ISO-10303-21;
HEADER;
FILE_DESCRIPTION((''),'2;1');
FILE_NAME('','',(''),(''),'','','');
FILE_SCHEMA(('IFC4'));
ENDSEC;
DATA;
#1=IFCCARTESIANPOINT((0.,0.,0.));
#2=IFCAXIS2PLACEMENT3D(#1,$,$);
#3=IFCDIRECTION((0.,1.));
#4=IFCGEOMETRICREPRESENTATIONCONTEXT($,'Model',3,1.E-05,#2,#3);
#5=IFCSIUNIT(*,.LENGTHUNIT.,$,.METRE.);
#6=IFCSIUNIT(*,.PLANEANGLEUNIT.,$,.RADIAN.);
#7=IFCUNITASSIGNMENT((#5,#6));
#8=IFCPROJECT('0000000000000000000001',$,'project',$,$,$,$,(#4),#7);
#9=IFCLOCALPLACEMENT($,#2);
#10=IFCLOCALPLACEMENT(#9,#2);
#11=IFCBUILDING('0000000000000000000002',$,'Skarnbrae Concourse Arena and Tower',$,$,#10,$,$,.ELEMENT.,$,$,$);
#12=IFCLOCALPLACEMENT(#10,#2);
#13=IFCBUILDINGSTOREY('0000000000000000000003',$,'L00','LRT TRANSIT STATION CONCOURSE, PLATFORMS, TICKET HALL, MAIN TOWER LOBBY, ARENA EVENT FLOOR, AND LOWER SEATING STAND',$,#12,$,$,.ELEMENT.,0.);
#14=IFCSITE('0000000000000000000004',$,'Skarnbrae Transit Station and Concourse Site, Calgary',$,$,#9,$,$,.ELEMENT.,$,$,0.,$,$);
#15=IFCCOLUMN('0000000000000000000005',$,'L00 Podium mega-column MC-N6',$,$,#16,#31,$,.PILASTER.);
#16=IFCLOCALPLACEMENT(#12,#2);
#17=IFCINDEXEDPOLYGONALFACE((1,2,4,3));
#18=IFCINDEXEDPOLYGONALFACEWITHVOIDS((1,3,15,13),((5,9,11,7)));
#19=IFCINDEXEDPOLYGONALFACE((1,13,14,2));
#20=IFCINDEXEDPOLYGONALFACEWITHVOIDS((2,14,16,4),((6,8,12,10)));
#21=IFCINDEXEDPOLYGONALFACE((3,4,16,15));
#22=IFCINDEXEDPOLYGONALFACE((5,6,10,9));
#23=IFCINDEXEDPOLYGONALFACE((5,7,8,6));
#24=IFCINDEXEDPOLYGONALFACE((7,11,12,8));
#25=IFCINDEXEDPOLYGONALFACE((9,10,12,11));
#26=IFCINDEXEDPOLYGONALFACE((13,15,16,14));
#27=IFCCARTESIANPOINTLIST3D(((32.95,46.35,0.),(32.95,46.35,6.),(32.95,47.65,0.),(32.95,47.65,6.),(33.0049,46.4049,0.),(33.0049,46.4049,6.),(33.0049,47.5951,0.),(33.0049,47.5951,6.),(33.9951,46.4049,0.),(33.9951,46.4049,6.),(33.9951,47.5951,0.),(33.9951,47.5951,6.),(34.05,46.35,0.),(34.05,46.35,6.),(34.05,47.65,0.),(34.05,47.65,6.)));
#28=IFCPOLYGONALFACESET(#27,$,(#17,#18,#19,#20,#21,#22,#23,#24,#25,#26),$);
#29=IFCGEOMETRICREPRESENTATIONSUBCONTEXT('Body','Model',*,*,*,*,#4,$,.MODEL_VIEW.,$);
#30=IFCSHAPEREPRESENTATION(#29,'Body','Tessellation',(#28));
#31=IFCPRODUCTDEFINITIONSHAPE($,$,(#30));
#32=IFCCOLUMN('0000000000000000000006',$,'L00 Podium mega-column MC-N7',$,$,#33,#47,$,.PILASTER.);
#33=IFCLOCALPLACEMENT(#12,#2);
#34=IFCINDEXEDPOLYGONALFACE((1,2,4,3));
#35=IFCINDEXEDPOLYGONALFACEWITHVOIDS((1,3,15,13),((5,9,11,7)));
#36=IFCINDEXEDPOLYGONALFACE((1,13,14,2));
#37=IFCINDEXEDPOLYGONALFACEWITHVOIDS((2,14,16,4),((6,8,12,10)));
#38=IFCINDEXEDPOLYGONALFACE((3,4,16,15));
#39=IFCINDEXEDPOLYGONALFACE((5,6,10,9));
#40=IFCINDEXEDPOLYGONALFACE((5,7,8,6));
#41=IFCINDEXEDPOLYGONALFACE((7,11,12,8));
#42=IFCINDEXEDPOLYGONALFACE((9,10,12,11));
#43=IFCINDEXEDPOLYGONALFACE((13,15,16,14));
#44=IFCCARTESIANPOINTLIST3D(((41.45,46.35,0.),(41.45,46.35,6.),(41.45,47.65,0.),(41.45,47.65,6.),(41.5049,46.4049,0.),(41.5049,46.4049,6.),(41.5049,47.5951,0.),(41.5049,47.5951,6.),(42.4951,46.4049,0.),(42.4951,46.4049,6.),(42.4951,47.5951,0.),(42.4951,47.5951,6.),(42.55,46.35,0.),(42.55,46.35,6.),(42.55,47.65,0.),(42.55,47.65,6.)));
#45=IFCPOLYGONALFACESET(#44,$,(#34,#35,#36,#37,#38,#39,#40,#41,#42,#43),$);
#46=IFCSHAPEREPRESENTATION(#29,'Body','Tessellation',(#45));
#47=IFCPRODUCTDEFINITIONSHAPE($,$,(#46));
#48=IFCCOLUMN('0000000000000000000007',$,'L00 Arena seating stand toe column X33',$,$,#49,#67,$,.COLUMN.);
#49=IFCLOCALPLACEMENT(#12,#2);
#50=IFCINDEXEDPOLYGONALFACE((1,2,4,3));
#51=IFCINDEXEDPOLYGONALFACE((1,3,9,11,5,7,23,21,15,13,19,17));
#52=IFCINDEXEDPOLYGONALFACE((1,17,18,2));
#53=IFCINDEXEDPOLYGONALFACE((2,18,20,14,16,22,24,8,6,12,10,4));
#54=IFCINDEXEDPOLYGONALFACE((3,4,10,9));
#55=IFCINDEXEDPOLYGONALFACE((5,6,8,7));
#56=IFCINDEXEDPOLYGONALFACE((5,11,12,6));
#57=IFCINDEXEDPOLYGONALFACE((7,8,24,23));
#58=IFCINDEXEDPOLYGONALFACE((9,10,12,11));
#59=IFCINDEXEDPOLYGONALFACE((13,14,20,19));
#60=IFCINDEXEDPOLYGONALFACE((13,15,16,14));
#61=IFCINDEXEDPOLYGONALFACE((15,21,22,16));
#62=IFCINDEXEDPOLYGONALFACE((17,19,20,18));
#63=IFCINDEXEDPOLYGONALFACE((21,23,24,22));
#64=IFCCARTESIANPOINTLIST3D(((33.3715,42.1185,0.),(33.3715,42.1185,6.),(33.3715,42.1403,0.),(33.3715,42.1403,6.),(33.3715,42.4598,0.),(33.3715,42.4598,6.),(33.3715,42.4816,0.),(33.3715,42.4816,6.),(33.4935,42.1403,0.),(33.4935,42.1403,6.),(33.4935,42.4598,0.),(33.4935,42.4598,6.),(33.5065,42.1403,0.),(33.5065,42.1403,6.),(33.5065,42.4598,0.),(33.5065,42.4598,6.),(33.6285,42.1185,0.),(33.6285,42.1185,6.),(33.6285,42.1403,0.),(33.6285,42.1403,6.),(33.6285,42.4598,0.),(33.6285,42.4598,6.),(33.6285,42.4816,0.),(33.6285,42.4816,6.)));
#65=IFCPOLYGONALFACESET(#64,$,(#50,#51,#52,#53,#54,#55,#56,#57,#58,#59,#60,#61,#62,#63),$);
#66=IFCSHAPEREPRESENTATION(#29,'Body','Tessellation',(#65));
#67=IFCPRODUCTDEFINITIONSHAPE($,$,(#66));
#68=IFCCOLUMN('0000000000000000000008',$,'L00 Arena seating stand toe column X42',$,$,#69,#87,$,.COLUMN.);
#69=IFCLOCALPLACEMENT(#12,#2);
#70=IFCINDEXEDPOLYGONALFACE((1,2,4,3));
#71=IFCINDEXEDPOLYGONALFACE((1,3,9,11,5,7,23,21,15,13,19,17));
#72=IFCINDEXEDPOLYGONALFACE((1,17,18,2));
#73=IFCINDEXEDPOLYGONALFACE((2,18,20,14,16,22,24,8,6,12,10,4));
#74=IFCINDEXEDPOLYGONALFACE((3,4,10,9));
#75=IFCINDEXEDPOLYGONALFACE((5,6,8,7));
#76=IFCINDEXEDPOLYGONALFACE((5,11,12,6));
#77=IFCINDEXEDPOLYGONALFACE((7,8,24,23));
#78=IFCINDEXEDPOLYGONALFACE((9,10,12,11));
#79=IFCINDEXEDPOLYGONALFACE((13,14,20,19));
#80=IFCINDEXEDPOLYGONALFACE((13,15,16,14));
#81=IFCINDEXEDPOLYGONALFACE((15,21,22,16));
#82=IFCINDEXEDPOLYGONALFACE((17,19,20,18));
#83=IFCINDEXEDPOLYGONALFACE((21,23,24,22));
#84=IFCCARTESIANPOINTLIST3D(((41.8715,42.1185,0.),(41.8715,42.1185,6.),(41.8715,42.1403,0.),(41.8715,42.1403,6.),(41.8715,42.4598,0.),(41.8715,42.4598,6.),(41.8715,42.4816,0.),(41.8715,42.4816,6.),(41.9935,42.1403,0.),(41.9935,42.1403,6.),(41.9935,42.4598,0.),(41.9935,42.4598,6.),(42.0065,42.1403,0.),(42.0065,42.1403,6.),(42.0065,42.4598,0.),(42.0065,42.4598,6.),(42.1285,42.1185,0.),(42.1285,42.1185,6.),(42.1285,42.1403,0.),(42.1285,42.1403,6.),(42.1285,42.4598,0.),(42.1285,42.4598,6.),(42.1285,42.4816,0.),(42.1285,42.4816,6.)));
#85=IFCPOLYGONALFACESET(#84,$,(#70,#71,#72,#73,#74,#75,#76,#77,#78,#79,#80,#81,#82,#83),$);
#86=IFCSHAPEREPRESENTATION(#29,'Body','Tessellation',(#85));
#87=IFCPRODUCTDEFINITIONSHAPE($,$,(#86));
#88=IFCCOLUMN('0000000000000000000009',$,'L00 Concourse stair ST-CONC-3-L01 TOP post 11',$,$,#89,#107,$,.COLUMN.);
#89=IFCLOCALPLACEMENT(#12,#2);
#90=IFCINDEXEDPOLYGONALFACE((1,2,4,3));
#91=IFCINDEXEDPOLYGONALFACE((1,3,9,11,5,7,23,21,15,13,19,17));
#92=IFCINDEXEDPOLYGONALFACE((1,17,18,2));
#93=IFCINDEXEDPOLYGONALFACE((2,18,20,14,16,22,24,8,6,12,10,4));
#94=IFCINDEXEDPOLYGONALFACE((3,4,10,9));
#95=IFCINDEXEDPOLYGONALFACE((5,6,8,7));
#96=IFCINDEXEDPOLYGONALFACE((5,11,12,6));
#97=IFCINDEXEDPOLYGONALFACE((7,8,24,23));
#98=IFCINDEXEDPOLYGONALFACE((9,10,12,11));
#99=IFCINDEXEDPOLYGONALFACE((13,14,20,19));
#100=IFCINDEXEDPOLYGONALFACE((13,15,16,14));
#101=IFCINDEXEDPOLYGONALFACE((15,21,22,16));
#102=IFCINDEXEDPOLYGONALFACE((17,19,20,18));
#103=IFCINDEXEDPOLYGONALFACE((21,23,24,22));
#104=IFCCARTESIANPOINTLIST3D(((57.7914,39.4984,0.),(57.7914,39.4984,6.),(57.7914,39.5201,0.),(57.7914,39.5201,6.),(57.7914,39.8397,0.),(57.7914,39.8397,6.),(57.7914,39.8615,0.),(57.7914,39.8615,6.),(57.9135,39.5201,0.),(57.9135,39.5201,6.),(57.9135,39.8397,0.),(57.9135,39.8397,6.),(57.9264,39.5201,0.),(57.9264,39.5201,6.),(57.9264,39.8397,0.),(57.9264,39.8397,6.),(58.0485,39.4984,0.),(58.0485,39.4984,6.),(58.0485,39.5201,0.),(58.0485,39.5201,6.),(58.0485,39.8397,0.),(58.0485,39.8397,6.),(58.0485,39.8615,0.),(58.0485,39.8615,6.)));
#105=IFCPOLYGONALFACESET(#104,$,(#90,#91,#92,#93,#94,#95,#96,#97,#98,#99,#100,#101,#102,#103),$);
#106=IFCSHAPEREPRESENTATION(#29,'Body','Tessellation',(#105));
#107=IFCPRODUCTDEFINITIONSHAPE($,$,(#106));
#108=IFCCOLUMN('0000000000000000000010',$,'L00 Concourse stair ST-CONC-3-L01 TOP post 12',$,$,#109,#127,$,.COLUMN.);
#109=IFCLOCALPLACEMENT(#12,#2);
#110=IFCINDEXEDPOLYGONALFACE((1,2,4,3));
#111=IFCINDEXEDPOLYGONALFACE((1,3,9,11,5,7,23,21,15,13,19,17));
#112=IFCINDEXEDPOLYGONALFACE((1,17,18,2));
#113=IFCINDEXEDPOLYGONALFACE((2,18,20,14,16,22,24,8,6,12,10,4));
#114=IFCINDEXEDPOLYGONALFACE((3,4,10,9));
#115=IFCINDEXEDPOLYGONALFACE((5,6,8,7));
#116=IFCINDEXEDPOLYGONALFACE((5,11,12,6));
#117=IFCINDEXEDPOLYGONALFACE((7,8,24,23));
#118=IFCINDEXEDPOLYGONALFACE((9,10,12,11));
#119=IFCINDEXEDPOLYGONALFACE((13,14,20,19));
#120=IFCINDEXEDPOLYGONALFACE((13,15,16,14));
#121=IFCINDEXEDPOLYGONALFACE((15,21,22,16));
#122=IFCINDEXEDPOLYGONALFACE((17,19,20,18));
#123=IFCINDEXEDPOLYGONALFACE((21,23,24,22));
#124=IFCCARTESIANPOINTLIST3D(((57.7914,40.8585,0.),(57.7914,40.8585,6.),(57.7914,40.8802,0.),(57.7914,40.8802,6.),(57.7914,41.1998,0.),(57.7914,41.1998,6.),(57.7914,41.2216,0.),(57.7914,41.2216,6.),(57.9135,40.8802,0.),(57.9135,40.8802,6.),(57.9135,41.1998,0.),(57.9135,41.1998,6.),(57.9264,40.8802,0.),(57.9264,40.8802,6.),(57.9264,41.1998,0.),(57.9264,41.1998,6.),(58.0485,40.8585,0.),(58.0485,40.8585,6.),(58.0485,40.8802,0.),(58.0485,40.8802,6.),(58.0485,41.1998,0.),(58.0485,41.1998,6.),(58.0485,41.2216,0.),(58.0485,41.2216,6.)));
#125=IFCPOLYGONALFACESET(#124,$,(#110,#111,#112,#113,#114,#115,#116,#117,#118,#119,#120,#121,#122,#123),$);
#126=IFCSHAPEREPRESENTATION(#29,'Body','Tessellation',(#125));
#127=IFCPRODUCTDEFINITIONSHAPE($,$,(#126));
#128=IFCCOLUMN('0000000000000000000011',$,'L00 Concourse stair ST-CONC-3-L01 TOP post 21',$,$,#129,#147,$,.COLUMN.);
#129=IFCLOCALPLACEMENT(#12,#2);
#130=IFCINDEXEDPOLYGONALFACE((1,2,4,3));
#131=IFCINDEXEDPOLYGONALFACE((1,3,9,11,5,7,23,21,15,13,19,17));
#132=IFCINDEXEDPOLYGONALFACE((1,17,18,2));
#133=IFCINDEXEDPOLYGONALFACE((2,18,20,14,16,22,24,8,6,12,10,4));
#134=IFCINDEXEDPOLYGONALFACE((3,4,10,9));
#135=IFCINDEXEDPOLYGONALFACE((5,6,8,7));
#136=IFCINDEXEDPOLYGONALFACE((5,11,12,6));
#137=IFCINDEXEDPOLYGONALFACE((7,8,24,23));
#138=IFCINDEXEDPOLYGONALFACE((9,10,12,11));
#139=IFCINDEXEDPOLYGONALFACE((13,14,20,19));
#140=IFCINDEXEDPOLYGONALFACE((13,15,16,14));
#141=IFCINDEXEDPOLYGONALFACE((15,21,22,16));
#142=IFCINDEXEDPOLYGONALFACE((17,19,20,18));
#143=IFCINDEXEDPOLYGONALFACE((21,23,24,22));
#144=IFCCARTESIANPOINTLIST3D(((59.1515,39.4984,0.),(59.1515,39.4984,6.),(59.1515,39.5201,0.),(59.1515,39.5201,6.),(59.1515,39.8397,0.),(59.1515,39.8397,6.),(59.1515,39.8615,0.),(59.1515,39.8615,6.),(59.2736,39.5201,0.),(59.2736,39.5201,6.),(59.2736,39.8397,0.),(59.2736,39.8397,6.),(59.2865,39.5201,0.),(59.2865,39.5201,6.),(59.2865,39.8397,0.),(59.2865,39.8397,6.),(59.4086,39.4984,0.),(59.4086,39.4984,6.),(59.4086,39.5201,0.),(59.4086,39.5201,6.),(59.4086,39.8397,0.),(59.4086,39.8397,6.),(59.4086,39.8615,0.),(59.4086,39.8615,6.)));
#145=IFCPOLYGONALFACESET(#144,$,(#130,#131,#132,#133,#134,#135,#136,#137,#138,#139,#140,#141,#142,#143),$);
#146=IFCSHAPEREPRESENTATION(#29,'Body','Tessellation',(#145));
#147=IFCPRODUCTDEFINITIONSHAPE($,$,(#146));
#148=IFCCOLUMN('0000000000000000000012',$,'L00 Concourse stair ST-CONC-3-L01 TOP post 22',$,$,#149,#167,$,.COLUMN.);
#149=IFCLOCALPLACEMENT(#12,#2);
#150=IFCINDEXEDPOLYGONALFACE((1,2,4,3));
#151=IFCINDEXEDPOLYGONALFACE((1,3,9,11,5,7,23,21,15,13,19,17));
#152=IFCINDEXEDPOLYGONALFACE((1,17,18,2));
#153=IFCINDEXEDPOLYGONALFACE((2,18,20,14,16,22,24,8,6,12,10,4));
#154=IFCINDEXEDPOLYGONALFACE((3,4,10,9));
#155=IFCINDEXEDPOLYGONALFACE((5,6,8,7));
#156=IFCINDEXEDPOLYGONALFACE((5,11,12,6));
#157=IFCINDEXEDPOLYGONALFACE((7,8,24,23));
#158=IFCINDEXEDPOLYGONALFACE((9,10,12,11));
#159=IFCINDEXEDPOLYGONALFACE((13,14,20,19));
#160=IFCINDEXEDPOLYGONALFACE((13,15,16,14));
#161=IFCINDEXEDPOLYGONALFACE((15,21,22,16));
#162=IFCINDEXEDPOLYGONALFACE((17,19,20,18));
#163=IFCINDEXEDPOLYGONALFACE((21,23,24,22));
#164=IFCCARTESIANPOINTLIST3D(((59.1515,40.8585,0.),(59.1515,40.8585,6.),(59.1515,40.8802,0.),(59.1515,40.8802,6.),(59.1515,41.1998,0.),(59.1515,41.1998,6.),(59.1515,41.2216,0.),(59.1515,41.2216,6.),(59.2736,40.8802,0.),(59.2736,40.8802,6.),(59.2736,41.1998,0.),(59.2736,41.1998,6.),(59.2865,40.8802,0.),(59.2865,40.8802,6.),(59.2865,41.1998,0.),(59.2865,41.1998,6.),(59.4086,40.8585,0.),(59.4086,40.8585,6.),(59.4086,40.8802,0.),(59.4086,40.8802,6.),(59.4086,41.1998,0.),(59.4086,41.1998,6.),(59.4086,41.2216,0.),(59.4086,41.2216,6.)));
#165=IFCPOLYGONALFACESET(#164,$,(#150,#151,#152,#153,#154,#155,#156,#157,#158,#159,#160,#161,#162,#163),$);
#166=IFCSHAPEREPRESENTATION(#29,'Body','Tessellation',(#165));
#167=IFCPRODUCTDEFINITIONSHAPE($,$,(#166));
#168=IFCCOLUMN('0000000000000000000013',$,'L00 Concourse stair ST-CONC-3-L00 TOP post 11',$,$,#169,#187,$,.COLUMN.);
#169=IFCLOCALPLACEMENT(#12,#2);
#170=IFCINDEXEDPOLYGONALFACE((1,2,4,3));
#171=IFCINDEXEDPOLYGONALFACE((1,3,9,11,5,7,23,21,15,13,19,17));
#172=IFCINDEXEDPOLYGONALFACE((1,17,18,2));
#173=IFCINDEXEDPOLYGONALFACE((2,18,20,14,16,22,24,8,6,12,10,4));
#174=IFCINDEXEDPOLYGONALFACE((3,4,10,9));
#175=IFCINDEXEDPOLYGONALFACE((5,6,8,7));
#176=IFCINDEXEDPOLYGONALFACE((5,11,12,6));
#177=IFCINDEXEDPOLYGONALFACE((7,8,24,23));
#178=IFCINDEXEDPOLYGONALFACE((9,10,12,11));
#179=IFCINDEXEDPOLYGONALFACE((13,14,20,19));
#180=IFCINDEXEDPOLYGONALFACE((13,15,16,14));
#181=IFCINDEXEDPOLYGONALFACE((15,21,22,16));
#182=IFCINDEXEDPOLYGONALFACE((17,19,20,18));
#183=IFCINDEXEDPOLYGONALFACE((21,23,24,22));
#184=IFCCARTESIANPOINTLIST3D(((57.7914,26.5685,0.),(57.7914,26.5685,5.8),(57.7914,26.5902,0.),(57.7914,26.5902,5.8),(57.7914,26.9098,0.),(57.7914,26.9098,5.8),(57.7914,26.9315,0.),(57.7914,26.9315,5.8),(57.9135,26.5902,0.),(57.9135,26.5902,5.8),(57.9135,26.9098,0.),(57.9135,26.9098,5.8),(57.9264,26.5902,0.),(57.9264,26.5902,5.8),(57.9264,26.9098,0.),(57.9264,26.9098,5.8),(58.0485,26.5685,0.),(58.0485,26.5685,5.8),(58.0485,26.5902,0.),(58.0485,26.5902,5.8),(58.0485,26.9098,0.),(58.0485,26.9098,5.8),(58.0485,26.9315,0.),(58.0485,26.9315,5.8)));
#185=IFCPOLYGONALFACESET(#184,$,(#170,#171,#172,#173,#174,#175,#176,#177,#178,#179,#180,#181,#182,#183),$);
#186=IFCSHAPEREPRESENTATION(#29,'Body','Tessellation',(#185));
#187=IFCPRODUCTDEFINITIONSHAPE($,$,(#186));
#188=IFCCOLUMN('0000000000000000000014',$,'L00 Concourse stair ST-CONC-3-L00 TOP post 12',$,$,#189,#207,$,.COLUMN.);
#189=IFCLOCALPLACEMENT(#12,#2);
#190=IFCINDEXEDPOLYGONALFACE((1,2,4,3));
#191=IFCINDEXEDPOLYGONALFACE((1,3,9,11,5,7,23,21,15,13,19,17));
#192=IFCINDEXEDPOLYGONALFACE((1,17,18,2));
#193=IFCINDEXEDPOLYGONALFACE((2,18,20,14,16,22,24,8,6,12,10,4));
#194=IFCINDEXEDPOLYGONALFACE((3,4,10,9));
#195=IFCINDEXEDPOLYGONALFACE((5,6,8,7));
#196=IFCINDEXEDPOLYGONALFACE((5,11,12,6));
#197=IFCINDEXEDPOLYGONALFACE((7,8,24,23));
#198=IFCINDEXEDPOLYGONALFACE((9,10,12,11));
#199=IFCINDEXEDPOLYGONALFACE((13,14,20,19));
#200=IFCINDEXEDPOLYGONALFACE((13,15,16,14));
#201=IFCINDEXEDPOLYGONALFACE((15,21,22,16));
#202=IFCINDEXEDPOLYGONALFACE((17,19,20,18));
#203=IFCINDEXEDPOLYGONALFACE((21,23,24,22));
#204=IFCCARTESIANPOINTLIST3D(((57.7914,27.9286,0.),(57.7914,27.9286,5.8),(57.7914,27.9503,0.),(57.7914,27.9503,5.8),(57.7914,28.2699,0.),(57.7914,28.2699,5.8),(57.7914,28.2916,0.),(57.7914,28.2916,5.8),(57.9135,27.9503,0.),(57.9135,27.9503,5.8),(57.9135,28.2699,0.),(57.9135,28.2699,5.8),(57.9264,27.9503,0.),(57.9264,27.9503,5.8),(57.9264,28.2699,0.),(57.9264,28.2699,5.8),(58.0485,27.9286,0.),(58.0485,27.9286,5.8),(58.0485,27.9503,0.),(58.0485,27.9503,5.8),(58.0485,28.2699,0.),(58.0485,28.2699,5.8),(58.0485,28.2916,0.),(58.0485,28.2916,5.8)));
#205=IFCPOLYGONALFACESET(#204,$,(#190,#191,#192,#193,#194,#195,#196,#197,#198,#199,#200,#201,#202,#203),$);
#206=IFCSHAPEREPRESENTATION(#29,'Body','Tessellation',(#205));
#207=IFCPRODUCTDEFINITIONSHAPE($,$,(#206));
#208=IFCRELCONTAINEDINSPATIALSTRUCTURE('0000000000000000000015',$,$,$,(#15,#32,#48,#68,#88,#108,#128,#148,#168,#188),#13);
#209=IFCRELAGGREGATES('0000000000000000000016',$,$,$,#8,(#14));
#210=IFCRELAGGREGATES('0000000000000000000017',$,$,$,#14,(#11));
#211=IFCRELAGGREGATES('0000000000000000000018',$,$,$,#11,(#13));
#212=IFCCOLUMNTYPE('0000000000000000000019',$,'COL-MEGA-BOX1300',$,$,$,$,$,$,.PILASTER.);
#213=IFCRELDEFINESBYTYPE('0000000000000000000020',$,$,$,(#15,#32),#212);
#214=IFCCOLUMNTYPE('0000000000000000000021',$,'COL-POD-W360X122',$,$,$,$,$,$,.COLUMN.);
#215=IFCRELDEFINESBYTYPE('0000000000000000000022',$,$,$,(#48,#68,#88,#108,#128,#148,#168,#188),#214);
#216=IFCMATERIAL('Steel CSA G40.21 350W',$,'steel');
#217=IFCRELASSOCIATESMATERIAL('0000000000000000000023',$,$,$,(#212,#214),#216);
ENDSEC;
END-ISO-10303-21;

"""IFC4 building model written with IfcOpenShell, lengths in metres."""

from ifc_helpers import new_model, si_unit, direction, frame, origin, origin_2d, place, context, subcontext, project, spatial, hollow_rectangle, i_section, extrude, source, transform, mapped, material, material_profile, profile_set, type_object, element, save


model = new_model("IFC4")

# Units and contexts
model_context = context("Model", 3, precision=1e-05, world=origin(), true_north=direction((0.0, 1.0)))
body_context = subcontext(model_context, "Body", "Model", "MODEL_VIEW")
ifc_project = project(units=[si_unit("LENGTHUNIT", "METRE"), si_unit("PLANEANGLEUNIT", "RADIAN")], contexts=[model_context])

# Site, building, storey
site_placement = place(None, origin())
site = spatial("IfcSite", under=ifc_project, at=site_placement, Name="Skarnbrae Transit Station and Concourse Site, Calgary", CompositionType="ELEMENT", RefElevation=0.0)
building_placement = place(site_placement, origin())
building = spatial("IfcBuilding", under=site, at=building_placement, Name="Skarnbrae Concourse Arena and Tower", CompositionType="ELEMENT")
storey_placement = place(building_placement, origin())
storey = spatial("IfcBuildingStorey", under=building, at=storey_placement, Name="L00", Description="LRT TRANSIT STATION CONCOURSE, PLATFORMS, TICKET HALL, MAIN TOWER LOBBY, ARENA EVENT FLOOR, AND LOWER SEATING STAND", CompositionType="ELEMENT", Elevation=0.0)

# Columns
ifc_material_1 = material(Name="Steel CSA G40.21 350W", Category="steel")
ifc_material_profile_1 = material_profile(ifc_material_1, hollow_rectangle(XDim=1.1001, YDim=1.3, WallThickness=0.0549, at=origin_2d()), Name="BOX1300X1100X55")
ifc_profile_set_1 = profile_set([ifc_material_profile_1], Name="Steel CSA G40.21 350W")
column_type_1 = type_object("IfcColumnType", Name="COL-MEGA-BOX1300", PredefinedType="PILASTER", material=ifc_profile_set_1)
shared_shape_1 = source(origin(), body_context, "Body", "SweptSolid", [
    extrude(hollow_rectangle(XDim=1.1001, YDim=1.3, WallThickness=0.0549, at=origin_2d()), origin(), (0.0, 0.0, 1.0), 6.0),
])
for number, where, z_axis, x_axis, name in (
    (1, (33.5, 47.0, 0.0), (0.0, 0.0, 1.0), (1.0, 0.0, 0.0), "L00 Podium mega-column MC-N6"),
    (2, (42.0, 47.0, 0.0), (0.0, 0.0, 1.0), (1.0, 0.0, 0.0), "L00 Podium mega-column MC-N7"),
):
    element("IfcColumn", number, at=place(storey_placement, frame(where, z_axis=z_axis, x_axis=x_axis)), inside=storey, type_object=column_type_1, Name=name, PredefinedType="PILASTER", context=body_context, shape_type="MappedRepresentation", body=[
        mapped(shared_shape_1, transform((0.0, 0.0, 0.0))),
    ])
ifc_material_profile_2 = material_profile(ifc_material_1, i_section(OverallWidth=0.2571, OverallDepth=0.363, WebThickness=0.0129, FlangeThickness=0.0217, at=origin_2d()), Name="W360X122")
ifc_profile_set_2 = profile_set([ifc_material_profile_2], Name="Steel CSA G40.21 350W")
column_type_2 = type_object("IfcColumnType", Name="COL-POD-W360X122", PredefinedType="COLUMN", material=ifc_profile_set_2)
shared_shape_2 = source(origin(), body_context, "Body", "SweptSolid", [
    extrude(i_section(OverallWidth=0.2571, OverallDepth=0.363, WebThickness=0.0129, FlangeThickness=0.0217, at=origin_2d()), origin(), (0.0, 0.0, 1.0), 6.0),
])
for number, where, z_axis, x_axis, name in (
    (3, (33.5, 42.3, 0.0), (0.0, 0.0, 1.0), (1.0, 0.0, 0.0), "L00 Arena seating stand toe column X33"),
    (4, (42.0, 42.3, 0.0), (0.0, 0.0, 1.0), (1.0, 0.0, 0.0), "L00 Arena seating stand toe column X42"),
    (5, (57.9199, 39.6799, 0.0), (0.0, 0.0, 1.0), (1.0, 0.0, 0.0), "L00 Concourse stair ST-CONC-3-L01 TOP post 11"),
    (6, (57.9199, 41.04, 0.0), (0.0, 0.0, 1.0), (1.0, 0.0, 0.0), "L00 Concourse stair ST-CONC-3-L01 TOP post 12"),
    (7, (59.28, 39.6799, 0.0), (0.0, 0.0, 1.0), (1.0, 0.0, 0.0), "L00 Concourse stair ST-CONC-3-L01 TOP post 21"),
    (8, (59.28, 41.04, 0.0), (0.0, 0.0, 1.0), (1.0, 0.0, 0.0), "L00 Concourse stair ST-CONC-3-L01 TOP post 22"),
):
    element("IfcColumn", number, at=place(storey_placement, frame(where, z_axis=z_axis, x_axis=x_axis)), inside=storey, type_object=column_type_2, Name=name, PredefinedType="COLUMN", context=body_context, shape_type="MappedRepresentation", body=[
        mapped(shared_shape_2, transform((0.0, 0.0, 0.0))),
    ])
shared_shape_3 = source(origin(), body_context, "Body", "SweptSolid", [
    extrude(i_section(OverallWidth=0.2571, OverallDepth=0.363, WebThickness=0.0129, FlangeThickness=0.0217, at=origin_2d()), origin(), (0.0, 0.0, 1.0), 5.8),
])
for number, where, z_axis, x_axis, name in (
    (9, (57.9199, 26.75, 0.0), (0.0, 0.0, 1.0), (1.0, 0.0, 0.0), "L00 Concourse stair ST-CONC-3-L00 TOP post 11"),
    (10, (57.9199, 28.1101, 0.0), (0.0, 0.0, 1.0), (1.0, 0.0, 0.0), "L00 Concourse stair ST-CONC-3-L00 TOP post 12"),
):
    element("IfcColumn", number, at=place(storey_placement, frame(where, z_axis=z_axis, x_axis=x_axis)), inside=storey, type_object=column_type_2, Name=name, PredefinedType="COLUMN", context=body_context, shape_type="MappedRepresentation", body=[
        mapped(shared_shape_3, transform((0.0, 0.0, 0.0))),
    ])

save(model, "model.ifc")
